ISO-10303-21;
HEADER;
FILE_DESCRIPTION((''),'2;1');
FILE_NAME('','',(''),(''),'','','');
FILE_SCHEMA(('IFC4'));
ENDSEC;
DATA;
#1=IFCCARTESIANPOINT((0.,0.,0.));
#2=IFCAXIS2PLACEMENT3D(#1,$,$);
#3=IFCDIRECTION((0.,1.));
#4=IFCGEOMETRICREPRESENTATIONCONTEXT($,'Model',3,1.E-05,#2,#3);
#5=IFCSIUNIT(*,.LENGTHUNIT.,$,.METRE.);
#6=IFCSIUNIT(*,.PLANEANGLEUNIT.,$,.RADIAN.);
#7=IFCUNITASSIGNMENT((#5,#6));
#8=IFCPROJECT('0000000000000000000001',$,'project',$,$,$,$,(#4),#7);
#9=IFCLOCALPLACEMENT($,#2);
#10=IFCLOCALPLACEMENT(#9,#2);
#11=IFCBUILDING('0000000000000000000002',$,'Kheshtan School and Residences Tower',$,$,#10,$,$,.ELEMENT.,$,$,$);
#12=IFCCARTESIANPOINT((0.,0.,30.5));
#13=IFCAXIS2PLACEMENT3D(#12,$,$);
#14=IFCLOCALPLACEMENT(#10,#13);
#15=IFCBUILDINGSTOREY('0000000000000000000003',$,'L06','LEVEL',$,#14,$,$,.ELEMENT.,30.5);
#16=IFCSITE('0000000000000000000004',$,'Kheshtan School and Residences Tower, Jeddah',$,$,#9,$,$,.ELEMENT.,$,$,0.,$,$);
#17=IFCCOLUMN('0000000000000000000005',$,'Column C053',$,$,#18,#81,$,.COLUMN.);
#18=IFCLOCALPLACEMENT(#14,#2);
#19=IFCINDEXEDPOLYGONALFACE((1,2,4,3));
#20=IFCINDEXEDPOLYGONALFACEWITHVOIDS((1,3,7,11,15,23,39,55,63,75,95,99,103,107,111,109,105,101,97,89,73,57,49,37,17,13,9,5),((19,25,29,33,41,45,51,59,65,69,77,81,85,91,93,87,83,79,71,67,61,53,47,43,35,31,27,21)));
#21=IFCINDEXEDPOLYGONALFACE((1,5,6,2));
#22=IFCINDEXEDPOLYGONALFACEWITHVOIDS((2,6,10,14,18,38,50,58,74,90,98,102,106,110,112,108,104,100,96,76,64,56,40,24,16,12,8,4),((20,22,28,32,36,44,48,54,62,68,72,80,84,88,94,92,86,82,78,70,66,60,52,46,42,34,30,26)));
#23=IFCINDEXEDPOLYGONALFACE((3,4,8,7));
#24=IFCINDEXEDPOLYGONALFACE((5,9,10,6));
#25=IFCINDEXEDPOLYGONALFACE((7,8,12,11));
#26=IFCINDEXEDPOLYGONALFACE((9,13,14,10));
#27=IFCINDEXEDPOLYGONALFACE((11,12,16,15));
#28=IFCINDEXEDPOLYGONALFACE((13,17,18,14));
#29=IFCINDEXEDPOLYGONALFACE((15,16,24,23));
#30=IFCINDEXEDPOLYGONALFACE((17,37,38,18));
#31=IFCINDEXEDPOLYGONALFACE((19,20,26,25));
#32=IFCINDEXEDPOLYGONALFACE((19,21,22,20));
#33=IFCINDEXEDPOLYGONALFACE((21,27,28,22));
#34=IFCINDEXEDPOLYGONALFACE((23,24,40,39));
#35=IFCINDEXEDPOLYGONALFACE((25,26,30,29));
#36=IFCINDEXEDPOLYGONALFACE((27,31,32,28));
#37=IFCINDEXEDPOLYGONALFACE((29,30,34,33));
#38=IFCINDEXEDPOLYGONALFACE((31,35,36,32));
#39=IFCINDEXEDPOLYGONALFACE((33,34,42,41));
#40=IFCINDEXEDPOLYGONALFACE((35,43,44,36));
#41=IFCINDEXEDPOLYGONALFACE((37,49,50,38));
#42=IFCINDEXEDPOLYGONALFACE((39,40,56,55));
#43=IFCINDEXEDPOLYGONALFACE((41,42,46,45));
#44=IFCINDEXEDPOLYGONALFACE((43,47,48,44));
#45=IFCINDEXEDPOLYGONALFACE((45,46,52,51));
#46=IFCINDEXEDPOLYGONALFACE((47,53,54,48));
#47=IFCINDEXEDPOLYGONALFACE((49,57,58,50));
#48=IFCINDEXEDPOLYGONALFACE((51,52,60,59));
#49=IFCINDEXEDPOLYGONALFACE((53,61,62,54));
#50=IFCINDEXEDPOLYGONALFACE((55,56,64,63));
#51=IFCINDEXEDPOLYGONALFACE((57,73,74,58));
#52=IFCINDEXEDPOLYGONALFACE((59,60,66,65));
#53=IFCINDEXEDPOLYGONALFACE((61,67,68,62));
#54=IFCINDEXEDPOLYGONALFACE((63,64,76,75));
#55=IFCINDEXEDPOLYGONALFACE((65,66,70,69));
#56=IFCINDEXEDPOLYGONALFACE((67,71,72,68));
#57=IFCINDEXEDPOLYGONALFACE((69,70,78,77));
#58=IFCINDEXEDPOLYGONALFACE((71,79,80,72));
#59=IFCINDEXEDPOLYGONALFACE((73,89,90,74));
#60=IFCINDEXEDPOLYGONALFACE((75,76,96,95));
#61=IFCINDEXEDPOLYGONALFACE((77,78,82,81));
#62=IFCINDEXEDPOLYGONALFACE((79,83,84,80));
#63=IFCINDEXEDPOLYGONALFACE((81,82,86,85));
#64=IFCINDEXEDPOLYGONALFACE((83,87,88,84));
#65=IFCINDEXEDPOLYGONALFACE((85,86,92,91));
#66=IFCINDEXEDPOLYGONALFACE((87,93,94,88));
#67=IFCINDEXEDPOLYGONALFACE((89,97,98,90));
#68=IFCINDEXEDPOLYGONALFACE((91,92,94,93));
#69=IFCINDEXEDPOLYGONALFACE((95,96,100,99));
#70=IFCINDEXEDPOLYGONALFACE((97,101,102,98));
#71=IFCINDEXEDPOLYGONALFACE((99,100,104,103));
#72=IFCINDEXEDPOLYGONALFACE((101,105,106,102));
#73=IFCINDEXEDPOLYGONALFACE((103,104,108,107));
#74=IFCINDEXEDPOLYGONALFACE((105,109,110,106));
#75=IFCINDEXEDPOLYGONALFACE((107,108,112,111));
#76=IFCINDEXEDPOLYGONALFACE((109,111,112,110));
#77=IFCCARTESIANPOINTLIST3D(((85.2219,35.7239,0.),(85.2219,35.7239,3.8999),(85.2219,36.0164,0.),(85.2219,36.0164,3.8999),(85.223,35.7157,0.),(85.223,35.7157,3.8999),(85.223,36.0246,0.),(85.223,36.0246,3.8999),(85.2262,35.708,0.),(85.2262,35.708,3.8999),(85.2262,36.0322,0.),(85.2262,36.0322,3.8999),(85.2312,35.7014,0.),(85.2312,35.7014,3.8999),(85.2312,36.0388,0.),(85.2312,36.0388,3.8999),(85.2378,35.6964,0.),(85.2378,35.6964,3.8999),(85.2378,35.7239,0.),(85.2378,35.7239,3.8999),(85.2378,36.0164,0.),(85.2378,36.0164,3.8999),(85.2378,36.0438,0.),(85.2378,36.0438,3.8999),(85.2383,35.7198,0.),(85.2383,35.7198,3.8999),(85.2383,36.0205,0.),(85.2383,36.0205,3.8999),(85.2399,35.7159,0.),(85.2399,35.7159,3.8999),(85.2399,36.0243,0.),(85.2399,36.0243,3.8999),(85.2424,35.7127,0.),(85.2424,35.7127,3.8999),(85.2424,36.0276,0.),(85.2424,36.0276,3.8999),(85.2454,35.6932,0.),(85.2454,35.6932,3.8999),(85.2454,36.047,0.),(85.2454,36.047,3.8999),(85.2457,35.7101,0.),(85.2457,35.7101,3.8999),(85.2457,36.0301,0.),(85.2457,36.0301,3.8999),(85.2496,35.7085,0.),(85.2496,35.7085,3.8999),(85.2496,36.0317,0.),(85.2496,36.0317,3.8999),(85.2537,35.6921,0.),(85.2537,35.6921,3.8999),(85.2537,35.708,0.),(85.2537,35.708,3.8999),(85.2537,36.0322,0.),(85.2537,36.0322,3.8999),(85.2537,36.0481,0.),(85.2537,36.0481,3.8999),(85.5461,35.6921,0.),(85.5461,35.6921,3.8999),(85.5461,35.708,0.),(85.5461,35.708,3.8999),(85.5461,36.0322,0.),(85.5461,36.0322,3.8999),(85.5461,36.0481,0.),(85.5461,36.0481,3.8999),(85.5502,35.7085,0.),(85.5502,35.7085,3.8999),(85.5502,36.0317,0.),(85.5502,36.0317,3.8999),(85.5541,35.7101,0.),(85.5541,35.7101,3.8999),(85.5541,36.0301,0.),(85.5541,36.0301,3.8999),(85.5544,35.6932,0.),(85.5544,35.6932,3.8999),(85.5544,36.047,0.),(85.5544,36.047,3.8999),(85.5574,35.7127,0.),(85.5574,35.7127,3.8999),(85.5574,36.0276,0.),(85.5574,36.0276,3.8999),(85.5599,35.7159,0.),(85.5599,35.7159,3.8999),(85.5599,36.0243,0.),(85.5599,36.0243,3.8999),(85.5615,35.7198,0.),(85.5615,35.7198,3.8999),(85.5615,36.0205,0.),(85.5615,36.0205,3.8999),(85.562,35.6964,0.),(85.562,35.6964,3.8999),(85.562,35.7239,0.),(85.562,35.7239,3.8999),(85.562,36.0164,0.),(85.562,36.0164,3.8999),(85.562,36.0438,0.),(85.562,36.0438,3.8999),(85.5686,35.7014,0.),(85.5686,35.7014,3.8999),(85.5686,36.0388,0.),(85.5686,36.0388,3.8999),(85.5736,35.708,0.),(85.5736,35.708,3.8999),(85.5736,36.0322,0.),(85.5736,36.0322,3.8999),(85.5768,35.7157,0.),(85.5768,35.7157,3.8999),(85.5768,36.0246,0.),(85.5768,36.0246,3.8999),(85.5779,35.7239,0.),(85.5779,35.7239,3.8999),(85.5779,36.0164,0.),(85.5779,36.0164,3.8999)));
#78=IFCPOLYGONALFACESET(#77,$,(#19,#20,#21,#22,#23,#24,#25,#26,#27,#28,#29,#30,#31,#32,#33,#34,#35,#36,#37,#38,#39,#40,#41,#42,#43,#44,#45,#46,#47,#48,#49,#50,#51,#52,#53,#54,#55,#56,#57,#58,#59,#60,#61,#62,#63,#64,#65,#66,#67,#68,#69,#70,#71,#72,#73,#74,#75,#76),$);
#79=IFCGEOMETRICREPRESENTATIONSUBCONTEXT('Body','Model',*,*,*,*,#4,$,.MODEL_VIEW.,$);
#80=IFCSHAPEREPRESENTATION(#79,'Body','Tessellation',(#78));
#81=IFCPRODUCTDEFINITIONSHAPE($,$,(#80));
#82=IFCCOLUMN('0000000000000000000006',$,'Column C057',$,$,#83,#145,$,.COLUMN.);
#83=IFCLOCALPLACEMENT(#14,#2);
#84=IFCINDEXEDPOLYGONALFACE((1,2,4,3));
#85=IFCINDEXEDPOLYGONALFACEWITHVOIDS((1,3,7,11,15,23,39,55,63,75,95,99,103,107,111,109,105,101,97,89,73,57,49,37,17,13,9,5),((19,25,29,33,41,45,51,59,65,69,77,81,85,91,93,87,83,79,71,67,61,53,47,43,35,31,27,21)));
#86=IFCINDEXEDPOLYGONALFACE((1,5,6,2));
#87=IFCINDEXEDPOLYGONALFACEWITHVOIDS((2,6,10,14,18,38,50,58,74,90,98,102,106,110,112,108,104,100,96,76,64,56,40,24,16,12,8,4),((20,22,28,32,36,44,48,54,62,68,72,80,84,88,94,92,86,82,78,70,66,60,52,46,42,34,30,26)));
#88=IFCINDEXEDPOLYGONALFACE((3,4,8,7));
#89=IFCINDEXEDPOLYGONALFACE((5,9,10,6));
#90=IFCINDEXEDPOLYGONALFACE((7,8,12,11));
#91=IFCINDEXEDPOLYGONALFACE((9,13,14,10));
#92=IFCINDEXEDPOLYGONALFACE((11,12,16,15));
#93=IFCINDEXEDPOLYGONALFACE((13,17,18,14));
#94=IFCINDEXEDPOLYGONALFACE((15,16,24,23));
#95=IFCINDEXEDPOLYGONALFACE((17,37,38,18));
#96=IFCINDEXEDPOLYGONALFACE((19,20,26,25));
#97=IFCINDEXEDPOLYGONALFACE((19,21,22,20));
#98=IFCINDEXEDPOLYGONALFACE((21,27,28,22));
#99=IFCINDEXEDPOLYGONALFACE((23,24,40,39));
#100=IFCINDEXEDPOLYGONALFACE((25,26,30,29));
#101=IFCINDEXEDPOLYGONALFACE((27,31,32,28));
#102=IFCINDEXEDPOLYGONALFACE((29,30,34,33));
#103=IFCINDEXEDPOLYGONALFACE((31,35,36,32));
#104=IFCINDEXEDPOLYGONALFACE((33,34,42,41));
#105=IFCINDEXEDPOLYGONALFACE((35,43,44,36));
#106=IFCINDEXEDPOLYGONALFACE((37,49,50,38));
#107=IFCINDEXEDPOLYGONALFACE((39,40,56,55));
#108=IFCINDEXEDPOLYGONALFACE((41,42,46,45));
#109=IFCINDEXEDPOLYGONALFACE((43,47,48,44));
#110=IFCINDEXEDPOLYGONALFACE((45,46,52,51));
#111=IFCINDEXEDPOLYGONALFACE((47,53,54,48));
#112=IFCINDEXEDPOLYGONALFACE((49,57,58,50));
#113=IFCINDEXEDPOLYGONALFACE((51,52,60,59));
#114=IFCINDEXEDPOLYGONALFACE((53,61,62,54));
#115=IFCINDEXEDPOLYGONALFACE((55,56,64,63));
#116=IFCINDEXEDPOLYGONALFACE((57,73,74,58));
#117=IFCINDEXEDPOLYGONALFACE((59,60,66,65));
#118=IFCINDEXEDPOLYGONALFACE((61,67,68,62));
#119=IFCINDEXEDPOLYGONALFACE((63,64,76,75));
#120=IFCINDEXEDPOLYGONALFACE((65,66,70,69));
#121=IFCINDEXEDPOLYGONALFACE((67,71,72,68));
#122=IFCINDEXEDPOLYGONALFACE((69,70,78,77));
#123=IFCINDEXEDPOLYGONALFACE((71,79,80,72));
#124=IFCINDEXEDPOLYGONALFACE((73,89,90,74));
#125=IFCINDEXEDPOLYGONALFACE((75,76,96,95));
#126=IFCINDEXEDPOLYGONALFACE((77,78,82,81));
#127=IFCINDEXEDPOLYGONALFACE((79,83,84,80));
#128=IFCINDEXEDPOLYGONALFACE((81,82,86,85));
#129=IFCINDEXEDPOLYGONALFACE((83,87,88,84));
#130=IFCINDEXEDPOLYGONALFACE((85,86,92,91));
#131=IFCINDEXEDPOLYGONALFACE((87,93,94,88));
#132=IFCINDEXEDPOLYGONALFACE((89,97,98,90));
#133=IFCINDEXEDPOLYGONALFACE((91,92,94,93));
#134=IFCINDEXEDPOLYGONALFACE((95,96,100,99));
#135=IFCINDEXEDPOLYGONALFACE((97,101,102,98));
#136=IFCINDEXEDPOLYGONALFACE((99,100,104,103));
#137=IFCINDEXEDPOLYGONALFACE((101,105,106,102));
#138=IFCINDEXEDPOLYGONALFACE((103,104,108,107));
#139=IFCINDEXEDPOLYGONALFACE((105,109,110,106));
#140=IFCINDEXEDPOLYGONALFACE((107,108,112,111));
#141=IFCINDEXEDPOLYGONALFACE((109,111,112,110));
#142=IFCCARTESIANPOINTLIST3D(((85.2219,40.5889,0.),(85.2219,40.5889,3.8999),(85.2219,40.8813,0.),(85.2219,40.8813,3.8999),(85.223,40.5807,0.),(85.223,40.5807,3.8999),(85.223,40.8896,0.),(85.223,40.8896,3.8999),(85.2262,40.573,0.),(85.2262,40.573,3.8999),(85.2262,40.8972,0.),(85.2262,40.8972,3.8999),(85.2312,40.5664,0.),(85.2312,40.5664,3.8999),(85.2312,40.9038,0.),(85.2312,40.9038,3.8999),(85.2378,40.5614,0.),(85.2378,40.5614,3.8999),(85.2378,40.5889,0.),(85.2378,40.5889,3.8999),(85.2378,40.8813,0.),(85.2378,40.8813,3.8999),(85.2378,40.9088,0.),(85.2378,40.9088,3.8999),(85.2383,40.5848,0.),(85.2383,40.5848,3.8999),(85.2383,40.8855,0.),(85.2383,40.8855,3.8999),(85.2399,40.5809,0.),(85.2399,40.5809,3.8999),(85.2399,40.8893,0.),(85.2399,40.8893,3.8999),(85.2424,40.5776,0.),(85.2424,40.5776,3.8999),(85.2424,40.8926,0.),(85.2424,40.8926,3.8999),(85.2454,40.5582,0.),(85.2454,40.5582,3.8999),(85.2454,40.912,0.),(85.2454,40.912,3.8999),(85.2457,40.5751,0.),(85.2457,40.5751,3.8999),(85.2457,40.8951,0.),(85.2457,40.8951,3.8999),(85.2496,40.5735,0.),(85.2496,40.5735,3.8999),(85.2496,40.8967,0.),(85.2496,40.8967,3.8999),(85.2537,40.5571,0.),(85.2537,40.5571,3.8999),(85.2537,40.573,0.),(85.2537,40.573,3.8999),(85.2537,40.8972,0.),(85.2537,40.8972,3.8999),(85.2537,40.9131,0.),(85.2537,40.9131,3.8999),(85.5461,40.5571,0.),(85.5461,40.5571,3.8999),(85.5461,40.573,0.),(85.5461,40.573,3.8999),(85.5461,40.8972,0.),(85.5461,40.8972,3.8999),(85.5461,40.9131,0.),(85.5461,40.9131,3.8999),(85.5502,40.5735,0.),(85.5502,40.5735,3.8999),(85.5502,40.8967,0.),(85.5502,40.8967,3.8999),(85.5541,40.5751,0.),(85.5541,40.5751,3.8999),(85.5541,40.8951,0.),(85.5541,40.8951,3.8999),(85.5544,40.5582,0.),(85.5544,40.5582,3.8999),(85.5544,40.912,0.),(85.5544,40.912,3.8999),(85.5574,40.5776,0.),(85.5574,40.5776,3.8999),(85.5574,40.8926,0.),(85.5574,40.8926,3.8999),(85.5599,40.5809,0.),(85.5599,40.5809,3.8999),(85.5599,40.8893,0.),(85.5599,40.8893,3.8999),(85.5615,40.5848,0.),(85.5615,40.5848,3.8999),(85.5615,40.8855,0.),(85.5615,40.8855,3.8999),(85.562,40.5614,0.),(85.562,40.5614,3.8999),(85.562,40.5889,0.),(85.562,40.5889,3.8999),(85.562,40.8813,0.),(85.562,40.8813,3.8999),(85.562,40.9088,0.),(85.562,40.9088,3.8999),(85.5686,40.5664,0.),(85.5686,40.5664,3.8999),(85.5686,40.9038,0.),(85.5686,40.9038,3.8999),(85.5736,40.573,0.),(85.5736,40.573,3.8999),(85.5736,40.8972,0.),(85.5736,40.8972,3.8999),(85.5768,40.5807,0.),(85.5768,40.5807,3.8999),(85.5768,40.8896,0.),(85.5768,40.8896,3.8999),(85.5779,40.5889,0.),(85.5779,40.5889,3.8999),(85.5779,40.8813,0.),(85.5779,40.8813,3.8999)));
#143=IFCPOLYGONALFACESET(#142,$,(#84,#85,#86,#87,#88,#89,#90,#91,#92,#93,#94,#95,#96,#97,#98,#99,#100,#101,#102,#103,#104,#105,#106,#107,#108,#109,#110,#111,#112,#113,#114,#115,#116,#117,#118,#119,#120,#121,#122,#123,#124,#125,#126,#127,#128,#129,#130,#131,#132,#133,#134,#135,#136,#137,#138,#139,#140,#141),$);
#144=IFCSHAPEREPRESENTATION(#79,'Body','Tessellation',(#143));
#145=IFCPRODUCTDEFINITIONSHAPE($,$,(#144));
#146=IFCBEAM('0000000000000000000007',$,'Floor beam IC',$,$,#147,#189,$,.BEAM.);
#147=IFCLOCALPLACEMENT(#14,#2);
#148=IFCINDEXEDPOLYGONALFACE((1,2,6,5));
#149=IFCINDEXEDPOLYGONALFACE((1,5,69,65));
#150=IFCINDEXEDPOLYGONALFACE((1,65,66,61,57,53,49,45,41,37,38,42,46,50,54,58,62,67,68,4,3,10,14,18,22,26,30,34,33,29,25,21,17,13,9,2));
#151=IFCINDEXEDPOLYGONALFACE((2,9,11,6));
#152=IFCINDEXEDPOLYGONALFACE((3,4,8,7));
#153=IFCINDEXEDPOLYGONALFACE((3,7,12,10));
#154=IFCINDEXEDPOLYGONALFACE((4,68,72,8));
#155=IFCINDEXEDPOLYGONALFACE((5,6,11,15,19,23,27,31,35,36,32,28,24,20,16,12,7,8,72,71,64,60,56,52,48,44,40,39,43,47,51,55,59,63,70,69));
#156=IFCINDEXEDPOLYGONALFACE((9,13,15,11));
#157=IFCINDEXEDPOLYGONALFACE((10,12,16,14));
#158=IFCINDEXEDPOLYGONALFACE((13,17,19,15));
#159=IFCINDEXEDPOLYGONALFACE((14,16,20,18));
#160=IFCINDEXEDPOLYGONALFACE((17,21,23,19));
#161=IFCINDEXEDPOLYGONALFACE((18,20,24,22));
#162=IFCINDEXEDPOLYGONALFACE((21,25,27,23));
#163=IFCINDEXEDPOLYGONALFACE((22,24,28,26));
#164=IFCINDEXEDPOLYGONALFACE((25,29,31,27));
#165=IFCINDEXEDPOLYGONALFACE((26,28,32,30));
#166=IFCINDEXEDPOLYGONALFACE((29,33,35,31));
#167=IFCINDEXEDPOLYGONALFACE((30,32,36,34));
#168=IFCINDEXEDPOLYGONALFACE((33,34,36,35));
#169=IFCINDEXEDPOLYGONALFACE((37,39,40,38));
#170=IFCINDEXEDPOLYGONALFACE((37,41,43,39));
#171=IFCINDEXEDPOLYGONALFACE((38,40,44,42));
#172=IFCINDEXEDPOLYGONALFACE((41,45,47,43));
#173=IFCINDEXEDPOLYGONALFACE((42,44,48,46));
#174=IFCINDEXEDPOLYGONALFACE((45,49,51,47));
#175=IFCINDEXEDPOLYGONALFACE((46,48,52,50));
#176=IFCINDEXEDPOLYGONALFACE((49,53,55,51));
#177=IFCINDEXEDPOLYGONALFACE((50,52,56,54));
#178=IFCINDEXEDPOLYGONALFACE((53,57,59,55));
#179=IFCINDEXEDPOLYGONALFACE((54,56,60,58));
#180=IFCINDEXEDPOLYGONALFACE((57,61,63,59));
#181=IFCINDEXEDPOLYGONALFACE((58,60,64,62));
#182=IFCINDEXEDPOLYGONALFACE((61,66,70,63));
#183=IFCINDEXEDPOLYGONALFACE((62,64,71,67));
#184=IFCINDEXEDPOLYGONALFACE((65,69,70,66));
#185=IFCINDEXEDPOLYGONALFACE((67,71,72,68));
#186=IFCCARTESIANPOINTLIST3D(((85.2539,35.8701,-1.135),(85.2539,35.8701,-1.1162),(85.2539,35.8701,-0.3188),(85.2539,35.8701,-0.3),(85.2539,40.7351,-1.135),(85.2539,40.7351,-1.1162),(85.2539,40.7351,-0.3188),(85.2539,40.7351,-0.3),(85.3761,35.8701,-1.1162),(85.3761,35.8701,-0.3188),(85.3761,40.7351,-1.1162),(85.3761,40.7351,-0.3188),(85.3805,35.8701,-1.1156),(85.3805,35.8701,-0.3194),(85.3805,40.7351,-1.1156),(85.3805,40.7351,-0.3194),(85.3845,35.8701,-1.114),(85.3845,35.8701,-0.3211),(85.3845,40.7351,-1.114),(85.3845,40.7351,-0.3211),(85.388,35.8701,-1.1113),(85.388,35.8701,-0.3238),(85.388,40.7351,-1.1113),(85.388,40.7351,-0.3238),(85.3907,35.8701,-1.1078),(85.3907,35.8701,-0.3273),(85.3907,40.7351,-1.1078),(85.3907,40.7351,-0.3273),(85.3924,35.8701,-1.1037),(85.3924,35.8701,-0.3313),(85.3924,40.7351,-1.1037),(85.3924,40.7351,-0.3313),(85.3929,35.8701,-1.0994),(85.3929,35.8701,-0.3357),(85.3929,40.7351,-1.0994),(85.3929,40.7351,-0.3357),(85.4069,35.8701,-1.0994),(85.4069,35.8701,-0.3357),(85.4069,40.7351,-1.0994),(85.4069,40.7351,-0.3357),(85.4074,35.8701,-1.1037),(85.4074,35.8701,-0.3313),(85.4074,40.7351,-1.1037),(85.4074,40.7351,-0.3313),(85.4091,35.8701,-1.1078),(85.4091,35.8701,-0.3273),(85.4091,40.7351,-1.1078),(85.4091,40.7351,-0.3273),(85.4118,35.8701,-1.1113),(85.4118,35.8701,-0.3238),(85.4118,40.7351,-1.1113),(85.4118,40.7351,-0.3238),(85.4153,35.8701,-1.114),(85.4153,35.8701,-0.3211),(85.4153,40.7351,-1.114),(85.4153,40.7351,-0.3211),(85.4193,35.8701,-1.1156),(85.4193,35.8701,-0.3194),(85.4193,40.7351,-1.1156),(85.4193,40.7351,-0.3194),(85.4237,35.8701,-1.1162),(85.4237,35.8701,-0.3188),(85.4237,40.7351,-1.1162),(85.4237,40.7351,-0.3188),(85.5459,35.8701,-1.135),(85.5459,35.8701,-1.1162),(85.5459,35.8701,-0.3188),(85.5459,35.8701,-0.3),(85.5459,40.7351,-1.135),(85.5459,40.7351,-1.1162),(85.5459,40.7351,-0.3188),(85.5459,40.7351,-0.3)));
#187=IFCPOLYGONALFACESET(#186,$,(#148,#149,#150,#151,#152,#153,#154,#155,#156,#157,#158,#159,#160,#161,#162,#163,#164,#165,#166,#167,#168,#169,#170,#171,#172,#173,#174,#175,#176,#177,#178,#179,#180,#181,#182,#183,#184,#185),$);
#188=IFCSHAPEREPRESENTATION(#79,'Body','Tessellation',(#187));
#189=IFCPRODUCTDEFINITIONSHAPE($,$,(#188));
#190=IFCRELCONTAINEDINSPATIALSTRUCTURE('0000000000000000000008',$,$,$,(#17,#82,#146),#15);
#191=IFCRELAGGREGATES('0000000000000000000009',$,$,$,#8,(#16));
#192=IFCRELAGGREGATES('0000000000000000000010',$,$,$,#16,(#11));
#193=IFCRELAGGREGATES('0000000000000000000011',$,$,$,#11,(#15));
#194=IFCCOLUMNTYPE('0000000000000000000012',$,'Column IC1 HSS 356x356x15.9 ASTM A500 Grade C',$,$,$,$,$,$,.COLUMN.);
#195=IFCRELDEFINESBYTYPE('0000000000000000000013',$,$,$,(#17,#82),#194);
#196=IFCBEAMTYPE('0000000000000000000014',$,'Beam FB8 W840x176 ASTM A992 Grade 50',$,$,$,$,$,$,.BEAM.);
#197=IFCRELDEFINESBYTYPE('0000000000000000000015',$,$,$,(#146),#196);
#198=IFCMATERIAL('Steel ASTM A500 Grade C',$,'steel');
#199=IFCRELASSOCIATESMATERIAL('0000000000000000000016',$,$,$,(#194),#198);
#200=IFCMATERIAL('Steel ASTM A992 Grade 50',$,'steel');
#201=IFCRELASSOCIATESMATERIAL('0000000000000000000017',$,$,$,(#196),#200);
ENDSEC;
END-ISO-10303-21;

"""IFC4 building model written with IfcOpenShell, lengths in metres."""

from ifc_helpers import new_model, si_unit, direction, frame, origin, origin_2d, place, context, subcontext, project, spatial, hollow_rectangle, i_section, extrude, material, material_profile, profile_set, type_object, element, save


model = new_model("IFC4")

# Units and contexts
model_context = context("Model", 3, precision=1e-05, world=origin(), true_north=direction((0.0, 1.0)))
body_context = subcontext(model_context, "Body", "Model", "MODEL_VIEW")
ifc_project = project(units=[si_unit("LENGTHUNIT", "METRE"), si_unit("PLANEANGLEUNIT", "RADIAN")], contexts=[model_context])

# Site, building, storey
site_placement = place(None, origin())
site = spatial("IfcSite", under=ifc_project, at=site_placement, Name="Kheshtan School and Residences Tower, Jeddah", CompositionType="ELEMENT", RefElevation=0.0)
building_placement = place(site_placement, origin())
building = spatial("IfcBuilding", under=site, at=building_placement, Name="Kheshtan School and Residences Tower", CompositionType="ELEMENT")
storey_placement = place(building_placement, frame((0.0, 0.0, 30.5)))
storey = spatial("IfcBuildingStorey", under=building, at=storey_placement, Name="L06", Description="LEVEL", CompositionType="ELEMENT", Elevation=30.5)

# Columns
ifc_material_1 = material(Name="Steel ASTM A500 Grade C", Category="steel")
ifc_material_profile_1 = material_profile(ifc_material_1, hollow_rectangle(XDim=0.356, YDim=0.356, WallThickness=0.0159, InnerFilletRadius=0.0159, OuterFilletRadius=0.0317, at=origin_2d()), Name="HSS 356x356x15.9")
ifc_profile_set_1 = profile_set([ifc_material_profile_1], Name="Steel ASTM A500 Grade C")
column_type = type_object("IfcColumnType", Name="Column IC1 HSS 356x356x15.9 ASTM A500 Grade C", PredefinedType="COLUMN", material=ifc_profile_set_1)
for number, where, z_axis, x_axis, name in (
    (1, (85.3999, 35.8701, 0.0), (0.0, 0.0, 1.0), (1.0, 0.0, 0.0), "Column C053"),
    (2, (85.3999, 40.7351, 0.0), (0.0, 0.0, 1.0), (1.0, 0.0, 0.0), "Column C057"),
):
    element("IfcColumn", number, at=place(storey_placement, frame(where, z_axis=z_axis, x_axis=x_axis)), inside=storey, type_object=column_type, Name=name, PredefinedType="COLUMN", context=body_context, shape_type="SweptSolid", body=[
        extrude(hollow_rectangle(XDim=0.356, YDim=0.356, WallThickness=0.0159, InnerFilletRadius=0.0159, OuterFilletRadius=0.0317, at=origin_2d()), origin(), (0.0, 0.0, 1.0), 3.8999),
    ])

# Beam
ifc_material_2 = material(Name="Steel ASTM A992 Grade 50", Category="steel")
ifc_material_profile_2 = material_profile(ifc_material_2, i_section(OverallWidth=0.292, OverallDepth=0.835, WebThickness=0.0139, FlangeThickness=0.0188, FilletRadius=0.0168, at=origin_2d()), Name="W840x176")
ifc_profile_set_2 = profile_set([ifc_material_profile_2], Name="Steel ASTM A992 Grade 50")
beam_type = type_object("IfcBeamType", Name="Beam FB8 W840x176 ASTM A992 Grade 50", PredefinedType="BEAM", material=ifc_profile_set_2)
beam_placement = place(storey_placement, frame((85.3999, 40.7351, -0.7175), z_axis=(0.0, -1.0, 0.0), x_axis=(1.0, 0.0, 0.0)))
element("IfcBeam", 3, at=beam_placement, inside=storey, type_object=beam_type, Name="Floor beam IC", PredefinedType="BEAM", context=body_context, shape_type="SweptSolid", body=[
    extrude(i_section(OverallWidth=0.292, OverallDepth=0.835, WebThickness=0.0139, FlangeThickness=0.0188, FilletRadius=0.0168, at=origin_2d()), origin(), (0.0, 0.0, 1.0), 4.865),
])

save(model, "model.ifc")
